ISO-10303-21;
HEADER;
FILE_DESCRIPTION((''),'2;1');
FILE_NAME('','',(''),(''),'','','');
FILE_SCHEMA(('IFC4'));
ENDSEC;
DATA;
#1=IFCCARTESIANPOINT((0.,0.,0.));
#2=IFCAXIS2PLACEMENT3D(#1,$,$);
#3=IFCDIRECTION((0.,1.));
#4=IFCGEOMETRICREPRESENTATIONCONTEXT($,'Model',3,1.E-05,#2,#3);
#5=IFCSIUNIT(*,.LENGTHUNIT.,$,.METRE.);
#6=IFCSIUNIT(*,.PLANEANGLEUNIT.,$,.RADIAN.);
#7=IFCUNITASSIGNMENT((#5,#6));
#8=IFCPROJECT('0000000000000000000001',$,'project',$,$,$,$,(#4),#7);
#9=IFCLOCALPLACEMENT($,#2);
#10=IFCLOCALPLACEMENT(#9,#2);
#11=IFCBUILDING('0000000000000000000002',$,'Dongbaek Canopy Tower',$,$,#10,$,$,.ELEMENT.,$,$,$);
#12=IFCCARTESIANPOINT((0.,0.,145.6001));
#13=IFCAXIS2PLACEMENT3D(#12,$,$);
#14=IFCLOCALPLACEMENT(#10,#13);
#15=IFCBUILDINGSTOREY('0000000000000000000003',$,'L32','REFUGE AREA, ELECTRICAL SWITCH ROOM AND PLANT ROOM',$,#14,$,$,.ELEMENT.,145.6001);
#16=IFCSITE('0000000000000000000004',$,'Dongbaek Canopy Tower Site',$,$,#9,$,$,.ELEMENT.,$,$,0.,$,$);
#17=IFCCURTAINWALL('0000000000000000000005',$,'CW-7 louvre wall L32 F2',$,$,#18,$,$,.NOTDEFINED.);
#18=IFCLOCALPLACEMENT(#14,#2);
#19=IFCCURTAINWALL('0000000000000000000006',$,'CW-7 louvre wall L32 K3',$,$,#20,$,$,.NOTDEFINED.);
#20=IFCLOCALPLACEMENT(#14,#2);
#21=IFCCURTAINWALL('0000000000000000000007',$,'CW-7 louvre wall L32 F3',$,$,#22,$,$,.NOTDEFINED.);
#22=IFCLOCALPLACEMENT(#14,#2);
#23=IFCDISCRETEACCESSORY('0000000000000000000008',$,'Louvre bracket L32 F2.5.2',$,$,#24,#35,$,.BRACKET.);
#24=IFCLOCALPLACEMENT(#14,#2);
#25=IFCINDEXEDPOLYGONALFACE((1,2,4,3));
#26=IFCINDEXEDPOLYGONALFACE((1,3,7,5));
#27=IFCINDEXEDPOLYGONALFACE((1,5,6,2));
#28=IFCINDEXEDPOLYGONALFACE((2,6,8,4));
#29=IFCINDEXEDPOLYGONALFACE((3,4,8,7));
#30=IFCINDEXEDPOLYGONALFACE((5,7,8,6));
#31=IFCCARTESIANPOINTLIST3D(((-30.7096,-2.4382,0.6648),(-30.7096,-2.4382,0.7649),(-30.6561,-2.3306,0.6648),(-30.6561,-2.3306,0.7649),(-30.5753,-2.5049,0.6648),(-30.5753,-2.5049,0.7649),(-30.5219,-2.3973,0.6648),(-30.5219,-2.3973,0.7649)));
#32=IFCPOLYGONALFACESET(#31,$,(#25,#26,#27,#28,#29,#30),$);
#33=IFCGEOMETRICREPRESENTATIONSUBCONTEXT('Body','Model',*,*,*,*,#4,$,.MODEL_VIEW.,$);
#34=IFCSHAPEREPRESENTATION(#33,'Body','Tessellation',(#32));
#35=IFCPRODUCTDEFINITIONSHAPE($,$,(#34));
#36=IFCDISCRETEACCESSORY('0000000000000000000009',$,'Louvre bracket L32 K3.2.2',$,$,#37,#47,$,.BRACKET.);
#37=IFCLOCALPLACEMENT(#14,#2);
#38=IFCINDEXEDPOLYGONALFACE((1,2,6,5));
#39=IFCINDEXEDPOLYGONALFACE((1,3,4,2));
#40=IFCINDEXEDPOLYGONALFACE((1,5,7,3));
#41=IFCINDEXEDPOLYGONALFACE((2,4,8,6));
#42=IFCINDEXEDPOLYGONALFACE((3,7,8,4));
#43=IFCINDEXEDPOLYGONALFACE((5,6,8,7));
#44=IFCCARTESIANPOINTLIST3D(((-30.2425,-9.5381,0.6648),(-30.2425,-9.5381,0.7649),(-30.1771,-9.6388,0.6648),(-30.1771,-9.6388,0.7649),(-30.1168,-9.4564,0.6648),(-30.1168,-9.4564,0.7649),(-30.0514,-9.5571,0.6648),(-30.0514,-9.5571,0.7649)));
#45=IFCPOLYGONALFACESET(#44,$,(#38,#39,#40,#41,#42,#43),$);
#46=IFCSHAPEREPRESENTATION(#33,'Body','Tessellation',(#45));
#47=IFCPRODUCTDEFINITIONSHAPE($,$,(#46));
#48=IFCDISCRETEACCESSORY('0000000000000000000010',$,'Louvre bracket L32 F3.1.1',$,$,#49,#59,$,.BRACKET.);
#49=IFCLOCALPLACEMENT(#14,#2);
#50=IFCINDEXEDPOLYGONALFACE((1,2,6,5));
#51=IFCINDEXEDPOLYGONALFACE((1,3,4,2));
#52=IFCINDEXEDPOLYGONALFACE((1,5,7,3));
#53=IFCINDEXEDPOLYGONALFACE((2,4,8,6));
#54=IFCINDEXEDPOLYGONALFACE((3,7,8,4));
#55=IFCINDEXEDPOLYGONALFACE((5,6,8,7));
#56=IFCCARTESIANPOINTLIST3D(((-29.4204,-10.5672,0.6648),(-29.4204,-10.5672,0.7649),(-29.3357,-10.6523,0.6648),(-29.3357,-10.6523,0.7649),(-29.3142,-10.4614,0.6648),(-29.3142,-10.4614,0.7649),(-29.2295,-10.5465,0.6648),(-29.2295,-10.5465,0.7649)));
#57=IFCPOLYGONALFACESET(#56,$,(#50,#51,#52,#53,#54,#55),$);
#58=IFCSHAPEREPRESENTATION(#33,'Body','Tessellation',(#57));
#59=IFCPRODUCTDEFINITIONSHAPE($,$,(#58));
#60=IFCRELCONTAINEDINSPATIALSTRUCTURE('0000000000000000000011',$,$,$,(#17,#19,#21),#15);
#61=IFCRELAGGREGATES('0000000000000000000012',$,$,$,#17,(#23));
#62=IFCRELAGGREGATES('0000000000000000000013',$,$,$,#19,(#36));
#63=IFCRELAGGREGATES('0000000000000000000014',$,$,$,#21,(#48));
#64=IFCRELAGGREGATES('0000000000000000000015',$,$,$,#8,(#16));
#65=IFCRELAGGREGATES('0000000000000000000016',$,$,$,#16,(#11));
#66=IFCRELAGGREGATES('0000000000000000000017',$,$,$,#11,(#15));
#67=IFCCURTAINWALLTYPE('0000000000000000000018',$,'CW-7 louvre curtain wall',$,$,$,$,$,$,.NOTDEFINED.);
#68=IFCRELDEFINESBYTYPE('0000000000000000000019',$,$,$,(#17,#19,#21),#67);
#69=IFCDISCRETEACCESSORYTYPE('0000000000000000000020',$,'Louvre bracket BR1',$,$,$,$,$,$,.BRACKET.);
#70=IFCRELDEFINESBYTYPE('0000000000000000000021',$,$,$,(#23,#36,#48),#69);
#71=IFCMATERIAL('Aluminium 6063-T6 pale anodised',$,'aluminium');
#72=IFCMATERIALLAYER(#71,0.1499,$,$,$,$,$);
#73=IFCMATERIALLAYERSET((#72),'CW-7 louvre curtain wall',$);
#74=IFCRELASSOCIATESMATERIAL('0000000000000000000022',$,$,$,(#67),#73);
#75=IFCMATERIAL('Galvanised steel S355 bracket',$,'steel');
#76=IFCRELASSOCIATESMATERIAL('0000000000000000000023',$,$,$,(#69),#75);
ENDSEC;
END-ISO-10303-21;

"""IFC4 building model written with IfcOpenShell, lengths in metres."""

from ifc_helpers import new_model, si_unit, direction, frame, origin, origin_2d, place, context, subcontext, project, spatial, rectangle, extrude, material, layer, layer_set, type_object, element, aggregate, save


model = new_model("IFC4")

# Units and contexts
model_context = context("Model", 3, precision=1e-05, world=origin(), true_north=direction((0.0, 1.0)))
body_context = subcontext(model_context, "Body", "Model", "MODEL_VIEW")
ifc_project = project(units=[si_unit("LENGTHUNIT", "METRE"), si_unit("PLANEANGLEUNIT", "RADIAN")], contexts=[model_context])

# Site, building, storey
site_placement = place(None, origin())
site = spatial("IfcSite", under=ifc_project, at=site_placement, Name="Dongbaek Canopy Tower Site", CompositionType="ELEMENT", RefElevation=0.0)
building_placement = place(site_placement, origin())
building = spatial("IfcBuilding", under=site, at=building_placement, Name="Dongbaek Canopy Tower", CompositionType="ELEMENT")
storey_placement = place(building_placement, frame((0.0, 0.0, 145.6001)))
storey = spatial("IfcBuildingStorey", under=building, at=storey_placement, Name="L32", Description="REFUGE AREA, ELECTRICAL SWITCH ROOM AND PLANT ROOM", CompositionType="ELEMENT", Elevation=145.6001)

# Curtain walls
ifc_material_1 = material(Name="Aluminium 6063-T6 pale anodised", Category="aluminium")
ifc_layer_1 = layer(ifc_material_1, 0.1499)
ifc_layer_set_1 = layer_set([ifc_layer_1], Name="CW-7 louvre curtain wall")
curtain_wall_type = type_object("IfcCurtainWallType", Name="CW-7 louvre curtain wall", PredefinedType="NOTDEFINED", material=ifc_layer_set_1)
curtain_wall_1_placement = place(storey_placement, origin())
curtain_wall_1 = element("IfcCurtainWall", 1, at=curtain_wall_1_placement, inside=storey, type_object=curtain_wall_type, Name="CW-7 louvre wall L32 F2", PredefinedType="NOTDEFINED")
curtain_wall_2_placement = place(storey_placement, origin())
curtain_wall_2 = element("IfcCurtainWall", 2, at=curtain_wall_2_placement, inside=storey, type_object=curtain_wall_type, Name="CW-7 louvre wall L32 K3", PredefinedType="NOTDEFINED")
curtain_wall_3_placement = place(storey_placement, origin())
curtain_wall_3 = element("IfcCurtainWall", 3, at=curtain_wall_3_placement, inside=storey, type_object=curtain_wall_type, Name="CW-7 louvre wall L32 F3", PredefinedType="NOTDEFINED")

# Discrete accessories
ifc_material_2 = material(Name="Galvanised steel S355 bracket", Category="steel")
discrete_accessory_type_1 = type_object("IfcDiscreteAccessoryType", Name="Louvre bracket BR1", PredefinedType="BRACKET", material=ifc_material_2)
discrete_accessory_1_placement = place(storey_placement, frame((-30.6157, -2.4177, 0.6648), z_axis=(0.0, 0.0, 1.0), x_axis=(-0.444929, -0.895566, 0.0)))
discrete_accessory_1 = element("IfcDiscreteAccessory", 4, at=discrete_accessory_1_placement, type_object=discrete_accessory_type_1, Name="Louvre bracket L32 F2.5.2", PredefinedType="BRACKET", context=body_context, shape_type="SweptSolid", body=[
    extrude(rectangle(XDim=0.1201, YDim=0.1499, at=origin_2d()), origin(), (0.0, 0.0, 1.0), 0.1001),
])
aggregate(curtain_wall_1, [discrete_accessory_1])
discrete_accessory_2_placement = place(storey_placement, frame((-30.147, -9.5476, 0.6648), z_axis=(0.0, 0.0, 1.0), x_axis=(0.544699, -0.838632, 0.0)))
discrete_accessory_2 = element("IfcDiscreteAccessory", 5, at=discrete_accessory_2_placement, type_object=discrete_accessory_type_1, Name="Louvre bracket L32 K3.2.2", PredefinedType="BRACKET", context=body_context, shape_type="SweptSolid", body=[
    extrude(rectangle(XDim=0.1201, YDim=0.1499, at=origin_2d()), origin(), (0.0, 0.0, 1.0), 0.1001),
])
aggregate(curtain_wall_2, [discrete_accessory_2])
discrete_accessory_3_placement = place(storey_placement, frame((-29.325, -10.5569, 0.6648), z_axis=(0.0, 0.0, 1.0), x_axis=(0.705732, -0.708479, 0.0)))
discrete_accessory_3 = element("IfcDiscreteAccessory", 6, at=discrete_accessory_3_placement, type_object=discrete_accessory_type_1, Name="Louvre bracket L32 F3.1.1", PredefinedType="BRACKET", context=body_context, shape_type="SweptSolid", body=[
    extrude(rectangle(XDim=0.1201, YDim=0.1499, at=origin_2d()), origin(), (0.0, 0.0, 1.0), 0.1001),
])
aggregate(curtain_wall_3, [discrete_accessory_3])

save(model, "model.ifc")
